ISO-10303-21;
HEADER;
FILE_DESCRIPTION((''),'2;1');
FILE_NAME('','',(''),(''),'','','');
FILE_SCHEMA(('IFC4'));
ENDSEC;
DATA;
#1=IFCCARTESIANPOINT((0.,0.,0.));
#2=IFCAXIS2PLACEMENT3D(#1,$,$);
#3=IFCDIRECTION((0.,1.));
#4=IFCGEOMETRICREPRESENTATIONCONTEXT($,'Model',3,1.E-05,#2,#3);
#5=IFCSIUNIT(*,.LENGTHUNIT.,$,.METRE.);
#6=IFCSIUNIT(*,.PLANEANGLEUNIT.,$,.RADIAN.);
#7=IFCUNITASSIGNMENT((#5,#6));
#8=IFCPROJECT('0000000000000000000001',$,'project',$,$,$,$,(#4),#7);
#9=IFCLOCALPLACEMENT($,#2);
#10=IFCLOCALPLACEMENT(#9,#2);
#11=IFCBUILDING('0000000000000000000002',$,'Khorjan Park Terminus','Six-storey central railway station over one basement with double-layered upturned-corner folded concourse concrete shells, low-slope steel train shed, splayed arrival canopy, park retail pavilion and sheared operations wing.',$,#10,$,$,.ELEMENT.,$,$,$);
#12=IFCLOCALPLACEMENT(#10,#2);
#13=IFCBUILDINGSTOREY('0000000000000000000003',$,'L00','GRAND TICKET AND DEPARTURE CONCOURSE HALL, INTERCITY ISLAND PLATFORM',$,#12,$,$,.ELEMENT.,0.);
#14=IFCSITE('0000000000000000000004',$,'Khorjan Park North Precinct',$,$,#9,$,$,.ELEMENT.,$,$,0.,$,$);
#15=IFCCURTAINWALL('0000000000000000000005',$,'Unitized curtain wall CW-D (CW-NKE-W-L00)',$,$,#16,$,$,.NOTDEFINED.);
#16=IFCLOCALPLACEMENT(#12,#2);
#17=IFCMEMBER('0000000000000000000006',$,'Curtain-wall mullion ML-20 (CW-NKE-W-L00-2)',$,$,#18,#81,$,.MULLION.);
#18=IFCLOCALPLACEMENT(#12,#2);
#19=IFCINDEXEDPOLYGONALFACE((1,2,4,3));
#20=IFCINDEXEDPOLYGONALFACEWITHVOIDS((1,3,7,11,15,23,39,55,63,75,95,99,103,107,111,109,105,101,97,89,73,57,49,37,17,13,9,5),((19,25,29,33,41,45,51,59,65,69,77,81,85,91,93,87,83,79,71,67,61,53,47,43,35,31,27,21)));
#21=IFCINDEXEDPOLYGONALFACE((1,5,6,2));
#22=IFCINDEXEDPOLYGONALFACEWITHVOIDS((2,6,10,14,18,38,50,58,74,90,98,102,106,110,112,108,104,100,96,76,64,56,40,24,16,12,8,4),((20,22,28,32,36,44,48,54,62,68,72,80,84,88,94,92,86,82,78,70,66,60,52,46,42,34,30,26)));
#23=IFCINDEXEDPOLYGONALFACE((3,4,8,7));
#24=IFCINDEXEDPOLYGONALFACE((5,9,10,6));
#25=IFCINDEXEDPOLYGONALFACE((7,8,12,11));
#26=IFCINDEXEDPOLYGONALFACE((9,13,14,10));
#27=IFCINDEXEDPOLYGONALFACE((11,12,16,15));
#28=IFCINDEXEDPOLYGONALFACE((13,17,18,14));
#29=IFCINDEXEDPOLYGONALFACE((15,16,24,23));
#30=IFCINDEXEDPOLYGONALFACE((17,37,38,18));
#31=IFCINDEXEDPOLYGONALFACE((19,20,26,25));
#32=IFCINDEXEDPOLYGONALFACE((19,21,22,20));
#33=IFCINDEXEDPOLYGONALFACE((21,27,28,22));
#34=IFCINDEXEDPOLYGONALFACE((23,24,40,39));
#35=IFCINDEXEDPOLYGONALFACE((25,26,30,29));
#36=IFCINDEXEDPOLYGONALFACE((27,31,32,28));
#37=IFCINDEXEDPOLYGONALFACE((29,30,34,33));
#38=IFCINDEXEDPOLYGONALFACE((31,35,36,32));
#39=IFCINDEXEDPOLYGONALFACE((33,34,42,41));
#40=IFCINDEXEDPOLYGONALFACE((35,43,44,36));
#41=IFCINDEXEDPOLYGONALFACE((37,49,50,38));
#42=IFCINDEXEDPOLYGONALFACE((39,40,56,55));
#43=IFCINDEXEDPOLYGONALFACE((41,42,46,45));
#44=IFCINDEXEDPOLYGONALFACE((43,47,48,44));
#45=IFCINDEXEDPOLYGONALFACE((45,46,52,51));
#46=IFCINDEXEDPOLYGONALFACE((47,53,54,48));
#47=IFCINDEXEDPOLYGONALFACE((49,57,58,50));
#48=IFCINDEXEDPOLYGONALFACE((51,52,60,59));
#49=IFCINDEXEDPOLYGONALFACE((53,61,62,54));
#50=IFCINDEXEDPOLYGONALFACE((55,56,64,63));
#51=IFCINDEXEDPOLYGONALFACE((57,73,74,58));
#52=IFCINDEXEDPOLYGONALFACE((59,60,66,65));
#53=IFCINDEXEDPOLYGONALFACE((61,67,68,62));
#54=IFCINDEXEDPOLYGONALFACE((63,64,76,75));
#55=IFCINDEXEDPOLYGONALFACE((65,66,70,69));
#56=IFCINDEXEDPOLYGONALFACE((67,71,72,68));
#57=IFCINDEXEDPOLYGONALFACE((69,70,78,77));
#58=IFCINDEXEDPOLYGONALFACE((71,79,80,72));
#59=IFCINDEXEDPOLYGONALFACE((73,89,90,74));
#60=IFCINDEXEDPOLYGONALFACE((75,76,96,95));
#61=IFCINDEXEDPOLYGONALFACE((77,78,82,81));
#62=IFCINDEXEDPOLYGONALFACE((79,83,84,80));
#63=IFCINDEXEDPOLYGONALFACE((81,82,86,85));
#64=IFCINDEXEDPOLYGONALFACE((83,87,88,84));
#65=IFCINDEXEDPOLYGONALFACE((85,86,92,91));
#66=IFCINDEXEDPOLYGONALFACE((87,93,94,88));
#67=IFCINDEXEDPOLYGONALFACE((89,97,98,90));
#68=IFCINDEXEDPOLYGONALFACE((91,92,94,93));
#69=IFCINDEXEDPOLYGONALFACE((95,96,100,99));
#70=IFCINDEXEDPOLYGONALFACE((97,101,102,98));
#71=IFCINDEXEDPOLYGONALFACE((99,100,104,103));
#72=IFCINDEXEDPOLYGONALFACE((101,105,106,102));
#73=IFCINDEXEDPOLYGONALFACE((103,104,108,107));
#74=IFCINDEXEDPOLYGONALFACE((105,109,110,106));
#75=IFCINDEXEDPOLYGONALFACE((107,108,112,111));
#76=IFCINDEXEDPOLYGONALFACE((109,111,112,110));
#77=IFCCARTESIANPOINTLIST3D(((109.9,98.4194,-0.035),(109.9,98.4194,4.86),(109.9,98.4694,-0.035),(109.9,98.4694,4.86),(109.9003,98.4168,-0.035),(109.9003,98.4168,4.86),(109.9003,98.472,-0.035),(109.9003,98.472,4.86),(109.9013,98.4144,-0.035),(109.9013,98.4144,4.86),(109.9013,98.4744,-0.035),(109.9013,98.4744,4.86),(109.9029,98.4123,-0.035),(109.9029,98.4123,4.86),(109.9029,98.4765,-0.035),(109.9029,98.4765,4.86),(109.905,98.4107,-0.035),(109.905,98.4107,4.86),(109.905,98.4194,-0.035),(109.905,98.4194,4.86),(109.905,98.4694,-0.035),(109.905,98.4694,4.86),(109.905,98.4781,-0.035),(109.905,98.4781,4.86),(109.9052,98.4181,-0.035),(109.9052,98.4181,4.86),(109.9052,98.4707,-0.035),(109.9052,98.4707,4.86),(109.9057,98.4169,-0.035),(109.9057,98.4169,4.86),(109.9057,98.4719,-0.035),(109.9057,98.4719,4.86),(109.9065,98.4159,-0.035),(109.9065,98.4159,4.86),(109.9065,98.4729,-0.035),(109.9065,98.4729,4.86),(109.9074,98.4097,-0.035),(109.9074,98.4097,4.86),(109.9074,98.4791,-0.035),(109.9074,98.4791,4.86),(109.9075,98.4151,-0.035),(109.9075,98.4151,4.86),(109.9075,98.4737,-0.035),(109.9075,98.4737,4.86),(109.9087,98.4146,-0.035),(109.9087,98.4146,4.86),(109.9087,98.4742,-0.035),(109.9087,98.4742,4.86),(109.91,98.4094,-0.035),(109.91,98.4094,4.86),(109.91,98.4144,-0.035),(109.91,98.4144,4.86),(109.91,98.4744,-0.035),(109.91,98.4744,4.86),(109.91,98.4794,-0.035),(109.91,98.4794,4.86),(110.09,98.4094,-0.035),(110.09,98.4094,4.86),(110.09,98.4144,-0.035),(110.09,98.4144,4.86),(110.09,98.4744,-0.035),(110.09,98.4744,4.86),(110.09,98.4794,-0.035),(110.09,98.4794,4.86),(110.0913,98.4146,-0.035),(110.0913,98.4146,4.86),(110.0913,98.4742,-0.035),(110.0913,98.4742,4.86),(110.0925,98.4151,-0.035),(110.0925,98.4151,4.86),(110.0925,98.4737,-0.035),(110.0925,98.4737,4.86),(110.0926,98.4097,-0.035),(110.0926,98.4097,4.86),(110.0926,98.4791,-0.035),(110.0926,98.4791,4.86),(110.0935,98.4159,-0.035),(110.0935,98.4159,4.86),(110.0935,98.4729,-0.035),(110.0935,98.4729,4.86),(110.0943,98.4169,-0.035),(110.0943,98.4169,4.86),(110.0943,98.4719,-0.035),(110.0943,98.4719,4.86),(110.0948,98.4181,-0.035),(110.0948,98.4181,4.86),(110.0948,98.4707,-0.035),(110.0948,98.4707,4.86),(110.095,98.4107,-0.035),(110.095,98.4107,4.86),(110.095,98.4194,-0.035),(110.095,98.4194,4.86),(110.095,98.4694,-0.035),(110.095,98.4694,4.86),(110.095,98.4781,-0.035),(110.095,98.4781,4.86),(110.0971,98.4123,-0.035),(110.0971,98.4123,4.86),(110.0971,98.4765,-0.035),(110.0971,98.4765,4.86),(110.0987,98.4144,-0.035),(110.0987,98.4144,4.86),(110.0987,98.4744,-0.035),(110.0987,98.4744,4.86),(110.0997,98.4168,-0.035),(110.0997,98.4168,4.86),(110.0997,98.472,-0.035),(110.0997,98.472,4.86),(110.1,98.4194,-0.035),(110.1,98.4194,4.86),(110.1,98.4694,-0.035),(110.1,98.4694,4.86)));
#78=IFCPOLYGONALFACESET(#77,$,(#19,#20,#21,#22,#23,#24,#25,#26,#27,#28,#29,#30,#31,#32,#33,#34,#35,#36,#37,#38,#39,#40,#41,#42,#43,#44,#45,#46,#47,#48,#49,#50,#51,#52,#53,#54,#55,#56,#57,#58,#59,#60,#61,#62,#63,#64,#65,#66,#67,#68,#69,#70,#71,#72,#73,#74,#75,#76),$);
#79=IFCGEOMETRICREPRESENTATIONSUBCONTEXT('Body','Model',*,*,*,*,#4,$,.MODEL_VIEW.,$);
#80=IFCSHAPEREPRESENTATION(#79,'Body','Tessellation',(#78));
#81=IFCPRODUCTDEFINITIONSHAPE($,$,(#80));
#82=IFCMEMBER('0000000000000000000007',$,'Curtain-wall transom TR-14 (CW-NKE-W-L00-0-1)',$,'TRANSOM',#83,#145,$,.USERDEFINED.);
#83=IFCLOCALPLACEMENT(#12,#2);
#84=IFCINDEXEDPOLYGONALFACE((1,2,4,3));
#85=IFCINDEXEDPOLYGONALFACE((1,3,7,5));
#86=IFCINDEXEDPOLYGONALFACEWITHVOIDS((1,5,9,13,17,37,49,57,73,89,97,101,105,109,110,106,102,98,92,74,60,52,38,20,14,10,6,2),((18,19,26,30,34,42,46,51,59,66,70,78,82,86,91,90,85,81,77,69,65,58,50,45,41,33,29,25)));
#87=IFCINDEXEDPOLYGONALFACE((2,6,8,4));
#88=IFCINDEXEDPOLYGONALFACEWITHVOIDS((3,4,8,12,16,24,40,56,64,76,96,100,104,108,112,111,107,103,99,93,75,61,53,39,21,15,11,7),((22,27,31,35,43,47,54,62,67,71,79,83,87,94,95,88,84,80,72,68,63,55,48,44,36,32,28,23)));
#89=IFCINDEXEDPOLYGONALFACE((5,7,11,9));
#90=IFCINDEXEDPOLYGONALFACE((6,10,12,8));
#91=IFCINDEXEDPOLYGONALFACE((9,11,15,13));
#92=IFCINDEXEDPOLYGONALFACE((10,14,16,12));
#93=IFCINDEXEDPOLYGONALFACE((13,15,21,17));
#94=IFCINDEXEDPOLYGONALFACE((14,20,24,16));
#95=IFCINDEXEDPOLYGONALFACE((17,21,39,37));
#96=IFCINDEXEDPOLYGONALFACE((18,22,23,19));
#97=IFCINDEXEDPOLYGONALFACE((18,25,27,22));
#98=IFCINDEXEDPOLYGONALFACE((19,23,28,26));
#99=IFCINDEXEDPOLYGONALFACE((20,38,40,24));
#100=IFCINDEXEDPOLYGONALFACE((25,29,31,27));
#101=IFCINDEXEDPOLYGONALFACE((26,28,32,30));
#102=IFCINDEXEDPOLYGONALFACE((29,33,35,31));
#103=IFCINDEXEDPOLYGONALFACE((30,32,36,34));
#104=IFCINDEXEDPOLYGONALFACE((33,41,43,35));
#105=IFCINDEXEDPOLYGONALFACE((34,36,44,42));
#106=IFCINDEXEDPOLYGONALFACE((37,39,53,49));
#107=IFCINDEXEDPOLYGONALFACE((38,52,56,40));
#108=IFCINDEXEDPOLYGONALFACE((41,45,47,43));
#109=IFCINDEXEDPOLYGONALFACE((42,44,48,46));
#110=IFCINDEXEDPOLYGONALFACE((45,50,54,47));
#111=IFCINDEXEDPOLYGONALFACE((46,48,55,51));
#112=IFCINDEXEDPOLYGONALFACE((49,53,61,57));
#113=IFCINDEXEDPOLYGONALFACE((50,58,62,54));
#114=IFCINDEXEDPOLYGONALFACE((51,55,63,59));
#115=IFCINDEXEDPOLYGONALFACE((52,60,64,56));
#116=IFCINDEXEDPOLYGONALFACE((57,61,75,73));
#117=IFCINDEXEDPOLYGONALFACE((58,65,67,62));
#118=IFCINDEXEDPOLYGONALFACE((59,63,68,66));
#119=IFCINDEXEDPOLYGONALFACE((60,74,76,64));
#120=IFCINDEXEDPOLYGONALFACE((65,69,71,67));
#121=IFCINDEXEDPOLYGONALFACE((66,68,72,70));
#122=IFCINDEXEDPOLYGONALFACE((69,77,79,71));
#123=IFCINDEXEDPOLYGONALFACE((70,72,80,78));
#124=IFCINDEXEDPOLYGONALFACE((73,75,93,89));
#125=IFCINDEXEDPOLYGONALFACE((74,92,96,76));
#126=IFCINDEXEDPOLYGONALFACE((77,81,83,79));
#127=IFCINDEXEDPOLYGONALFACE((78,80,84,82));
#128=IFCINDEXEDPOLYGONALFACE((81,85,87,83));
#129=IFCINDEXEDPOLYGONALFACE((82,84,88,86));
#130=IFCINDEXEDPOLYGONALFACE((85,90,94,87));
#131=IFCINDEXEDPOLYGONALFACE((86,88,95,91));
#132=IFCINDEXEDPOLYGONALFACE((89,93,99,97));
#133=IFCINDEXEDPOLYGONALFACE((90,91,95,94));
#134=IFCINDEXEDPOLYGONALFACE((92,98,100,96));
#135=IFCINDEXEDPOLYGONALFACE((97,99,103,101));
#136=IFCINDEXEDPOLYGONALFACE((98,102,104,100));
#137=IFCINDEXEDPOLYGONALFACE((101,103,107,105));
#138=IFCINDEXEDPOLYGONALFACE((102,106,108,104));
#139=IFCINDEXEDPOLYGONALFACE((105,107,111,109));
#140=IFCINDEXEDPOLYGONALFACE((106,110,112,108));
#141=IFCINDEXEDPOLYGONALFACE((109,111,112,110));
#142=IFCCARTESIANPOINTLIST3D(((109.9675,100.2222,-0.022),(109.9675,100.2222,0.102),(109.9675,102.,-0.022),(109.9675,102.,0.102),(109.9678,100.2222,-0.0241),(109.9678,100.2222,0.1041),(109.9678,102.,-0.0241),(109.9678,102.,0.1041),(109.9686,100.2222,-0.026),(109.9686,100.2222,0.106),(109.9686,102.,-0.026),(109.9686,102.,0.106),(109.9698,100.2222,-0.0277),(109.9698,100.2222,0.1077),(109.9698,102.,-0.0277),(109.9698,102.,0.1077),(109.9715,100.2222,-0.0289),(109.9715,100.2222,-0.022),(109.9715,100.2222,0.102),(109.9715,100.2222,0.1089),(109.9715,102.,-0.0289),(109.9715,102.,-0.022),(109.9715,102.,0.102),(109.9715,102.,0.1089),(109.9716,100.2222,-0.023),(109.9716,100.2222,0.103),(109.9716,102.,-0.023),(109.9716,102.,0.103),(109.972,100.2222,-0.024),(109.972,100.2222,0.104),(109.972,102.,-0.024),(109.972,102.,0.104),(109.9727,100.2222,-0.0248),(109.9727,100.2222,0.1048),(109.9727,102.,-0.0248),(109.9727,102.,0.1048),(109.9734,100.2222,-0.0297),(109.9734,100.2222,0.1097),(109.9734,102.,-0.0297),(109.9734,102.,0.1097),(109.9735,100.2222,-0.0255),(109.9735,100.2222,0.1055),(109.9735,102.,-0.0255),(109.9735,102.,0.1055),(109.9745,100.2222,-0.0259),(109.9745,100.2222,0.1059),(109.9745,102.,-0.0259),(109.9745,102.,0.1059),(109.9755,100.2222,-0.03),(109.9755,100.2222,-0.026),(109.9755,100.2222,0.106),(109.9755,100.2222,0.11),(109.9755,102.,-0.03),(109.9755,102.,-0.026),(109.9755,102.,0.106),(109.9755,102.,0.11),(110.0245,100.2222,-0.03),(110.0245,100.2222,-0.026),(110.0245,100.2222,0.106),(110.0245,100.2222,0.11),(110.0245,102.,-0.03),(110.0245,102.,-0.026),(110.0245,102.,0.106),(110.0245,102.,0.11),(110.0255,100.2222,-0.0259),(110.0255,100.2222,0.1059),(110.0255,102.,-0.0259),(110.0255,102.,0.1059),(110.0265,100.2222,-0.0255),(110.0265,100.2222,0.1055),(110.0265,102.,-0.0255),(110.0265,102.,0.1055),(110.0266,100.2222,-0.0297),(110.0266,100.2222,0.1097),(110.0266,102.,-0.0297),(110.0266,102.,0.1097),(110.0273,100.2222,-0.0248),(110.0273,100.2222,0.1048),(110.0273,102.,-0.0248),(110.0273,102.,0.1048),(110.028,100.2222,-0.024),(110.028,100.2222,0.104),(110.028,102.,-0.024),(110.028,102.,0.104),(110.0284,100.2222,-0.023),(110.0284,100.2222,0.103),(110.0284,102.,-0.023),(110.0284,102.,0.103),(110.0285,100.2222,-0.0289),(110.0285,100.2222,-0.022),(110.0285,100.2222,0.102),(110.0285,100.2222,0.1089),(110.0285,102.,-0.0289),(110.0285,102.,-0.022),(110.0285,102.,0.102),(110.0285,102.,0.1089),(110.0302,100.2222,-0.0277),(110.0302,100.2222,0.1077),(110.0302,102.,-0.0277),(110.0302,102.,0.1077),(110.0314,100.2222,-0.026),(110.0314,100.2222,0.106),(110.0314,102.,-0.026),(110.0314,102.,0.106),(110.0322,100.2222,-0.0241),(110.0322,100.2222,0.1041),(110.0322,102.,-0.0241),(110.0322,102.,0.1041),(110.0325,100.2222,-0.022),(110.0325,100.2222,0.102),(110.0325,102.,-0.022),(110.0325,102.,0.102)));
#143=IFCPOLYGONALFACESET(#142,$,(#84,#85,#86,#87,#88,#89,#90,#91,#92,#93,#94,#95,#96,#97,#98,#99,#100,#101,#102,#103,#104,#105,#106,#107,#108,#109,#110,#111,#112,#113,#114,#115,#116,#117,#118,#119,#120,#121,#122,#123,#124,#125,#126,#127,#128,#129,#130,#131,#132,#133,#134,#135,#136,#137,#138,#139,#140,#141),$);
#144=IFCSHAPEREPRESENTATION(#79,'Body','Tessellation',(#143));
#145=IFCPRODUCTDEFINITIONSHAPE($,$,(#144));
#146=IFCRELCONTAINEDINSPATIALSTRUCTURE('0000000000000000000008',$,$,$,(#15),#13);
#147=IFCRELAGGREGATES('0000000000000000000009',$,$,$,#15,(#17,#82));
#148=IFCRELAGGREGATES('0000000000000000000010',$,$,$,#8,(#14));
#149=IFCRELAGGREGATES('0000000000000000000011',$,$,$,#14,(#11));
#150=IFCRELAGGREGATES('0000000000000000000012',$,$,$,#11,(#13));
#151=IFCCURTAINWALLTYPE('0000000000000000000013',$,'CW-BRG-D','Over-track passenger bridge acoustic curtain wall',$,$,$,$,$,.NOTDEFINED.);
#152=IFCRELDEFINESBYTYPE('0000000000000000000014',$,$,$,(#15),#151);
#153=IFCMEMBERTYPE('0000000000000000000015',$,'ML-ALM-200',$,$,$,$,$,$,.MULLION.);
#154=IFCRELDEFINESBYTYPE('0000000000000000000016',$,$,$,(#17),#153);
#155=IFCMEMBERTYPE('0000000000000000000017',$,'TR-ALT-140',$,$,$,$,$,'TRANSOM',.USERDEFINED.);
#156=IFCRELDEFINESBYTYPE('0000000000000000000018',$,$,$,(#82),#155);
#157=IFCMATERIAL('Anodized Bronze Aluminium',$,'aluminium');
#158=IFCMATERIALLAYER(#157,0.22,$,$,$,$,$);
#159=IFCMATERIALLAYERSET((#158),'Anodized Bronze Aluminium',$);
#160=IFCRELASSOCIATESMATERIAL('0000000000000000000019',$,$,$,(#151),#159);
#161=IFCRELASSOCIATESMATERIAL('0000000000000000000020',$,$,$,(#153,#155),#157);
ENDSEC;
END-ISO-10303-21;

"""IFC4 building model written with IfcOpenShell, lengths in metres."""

from ifc_helpers import new_model, si_unit, direction, frame, origin, origin_2d, place, context, subcontext, project, spatial, hollow_rectangle, extrude, material, layer, layer_set, material_profile, profile_set, type_object, element, aggregate, save


model = new_model("IFC4")

# Units and contexts
model_context = context("Model", 3, precision=1e-05, world=origin(), true_north=direction((0.0, 1.0)))
body_context = subcontext(model_context, "Body", "Model", "MODEL_VIEW")
ifc_project = project(units=[si_unit("LENGTHUNIT", "METRE"), si_unit("PLANEANGLEUNIT", "RADIAN")], contexts=[model_context])

# Site, building, storey
site_placement = place(None, origin())
site = spatial("IfcSite", under=ifc_project, at=site_placement, Name="Khorjan Park North Precinct", CompositionType="ELEMENT", RefElevation=0.0)
building_placement = place(site_placement, origin())
building = spatial("IfcBuilding", under=site, at=building_placement, Name="Khorjan Park Terminus", Description="Six-storey central railway station over one basement with double-layered upturned-corner folded concourse concrete shells, low-slope steel train shed, splayed arrival canopy, park retail pavilion and sheared operations wing.", CompositionType="ELEMENT")
storey_placement = place(building_placement, origin())
storey = spatial("IfcBuildingStorey", under=building, at=storey_placement, Name="L00", Description="GRAND TICKET AND DEPARTURE CONCOURSE HALL, INTERCITY ISLAND PLATFORM", CompositionType="ELEMENT", Elevation=0.0)

# Curtain wall, members
ifc_material_1 = material(Name="Anodized Bronze Aluminium", Category="aluminium")
ifc_layer_1 = layer(ifc_material_1, 0.22)
ifc_layer_set_1 = layer_set([ifc_layer_1], Name="Anodized Bronze Aluminium")
curtain_wall_type = type_object("IfcCurtainWallType", Name="CW-BRG-D", Description="Over-track passenger bridge acoustic curtain wall", PredefinedType="NOTDEFINED", material=ifc_layer_set_1)
curtain_wall_placement = place(storey_placement, origin())
curtain_wall = element("IfcCurtainWall", 1, at=curtain_wall_placement, inside=storey, type_object=curtain_wall_type, Name="Unitized curtain wall CW-D (CW-NKE-W-L00)", PredefinedType="NOTDEFINED")
ifc_material_profile_1 = material_profile(ifc_material_1, hollow_rectangle(XDim=0.07, YDim=0.2, WallThickness=0.005, InnerFilletRadius=0.005, OuterFilletRadius=0.01, at=origin_2d()), Name="ALM 70x200x5")
ifc_profile_set_1 = profile_set([ifc_material_profile_1], Name="Anodized Bronze Aluminium")
member_type_1 = type_object("IfcMemberType", Name="ML-ALM-200", PredefinedType="MULLION", material=ifc_profile_set_1)
member_1_placement = place(storey_placement, frame((110.0, 98.4444, -0.035), z_axis=(0.0, 0.0, 1.0), x_axis=(0.0, -1.0, 0.0)))
member_1 = element("IfcMember", 2, at=member_1_placement, type_object=member_type_1, Name="Curtain-wall mullion ML-20 (CW-NKE-W-L00-2)", PredefinedType="MULLION", context=body_context, shape_type="SweptSolid", body=[
    extrude(hollow_rectangle(XDim=0.07, YDim=0.2, WallThickness=0.005, InnerFilletRadius=0.005, OuterFilletRadius=0.01, at=origin_2d()), origin(), (0.0, 0.0, 1.0), 4.895),
])
ifc_material_profile_2 = material_profile(ifc_material_1, hollow_rectangle(XDim=0.065, YDim=0.14, WallThickness=0.004, InnerFilletRadius=0.004, OuterFilletRadius=0.008, at=origin_2d()), Name="ALT 65x140x4")
ifc_profile_set_2 = profile_set([ifc_material_profile_2], Name="Anodized Bronze Aluminium")
member_type_2 = type_object("IfcMemberType", Name="TR-ALT-140", ElementType="TRANSOM", PredefinedType="USERDEFINED", material=ifc_profile_set_2)
member_2_placement = place(storey_placement, frame((110.0, 102.0, 0.04), z_axis=(0.0, -1.0, 0.0), x_axis=(1.0, 0.0, 0.0)))
member_2 = element("IfcMember", 3, at=member_2_placement, type_object=member_type_2, Name="Curtain-wall transom TR-14 (CW-NKE-W-L00-0-1)", ObjectType="TRANSOM", PredefinedType="USERDEFINED", context=body_context, shape_type="SweptSolid", body=[
    extrude(hollow_rectangle(XDim=0.065, YDim=0.14, WallThickness=0.004, InnerFilletRadius=0.004, OuterFilletRadius=0.008, at=origin_2d()), origin(), (0.0, 0.0, 1.0), 1.7778),
])
aggregate(curtain_wall, [member_1, member_2])

save(model, "model.ifc")
